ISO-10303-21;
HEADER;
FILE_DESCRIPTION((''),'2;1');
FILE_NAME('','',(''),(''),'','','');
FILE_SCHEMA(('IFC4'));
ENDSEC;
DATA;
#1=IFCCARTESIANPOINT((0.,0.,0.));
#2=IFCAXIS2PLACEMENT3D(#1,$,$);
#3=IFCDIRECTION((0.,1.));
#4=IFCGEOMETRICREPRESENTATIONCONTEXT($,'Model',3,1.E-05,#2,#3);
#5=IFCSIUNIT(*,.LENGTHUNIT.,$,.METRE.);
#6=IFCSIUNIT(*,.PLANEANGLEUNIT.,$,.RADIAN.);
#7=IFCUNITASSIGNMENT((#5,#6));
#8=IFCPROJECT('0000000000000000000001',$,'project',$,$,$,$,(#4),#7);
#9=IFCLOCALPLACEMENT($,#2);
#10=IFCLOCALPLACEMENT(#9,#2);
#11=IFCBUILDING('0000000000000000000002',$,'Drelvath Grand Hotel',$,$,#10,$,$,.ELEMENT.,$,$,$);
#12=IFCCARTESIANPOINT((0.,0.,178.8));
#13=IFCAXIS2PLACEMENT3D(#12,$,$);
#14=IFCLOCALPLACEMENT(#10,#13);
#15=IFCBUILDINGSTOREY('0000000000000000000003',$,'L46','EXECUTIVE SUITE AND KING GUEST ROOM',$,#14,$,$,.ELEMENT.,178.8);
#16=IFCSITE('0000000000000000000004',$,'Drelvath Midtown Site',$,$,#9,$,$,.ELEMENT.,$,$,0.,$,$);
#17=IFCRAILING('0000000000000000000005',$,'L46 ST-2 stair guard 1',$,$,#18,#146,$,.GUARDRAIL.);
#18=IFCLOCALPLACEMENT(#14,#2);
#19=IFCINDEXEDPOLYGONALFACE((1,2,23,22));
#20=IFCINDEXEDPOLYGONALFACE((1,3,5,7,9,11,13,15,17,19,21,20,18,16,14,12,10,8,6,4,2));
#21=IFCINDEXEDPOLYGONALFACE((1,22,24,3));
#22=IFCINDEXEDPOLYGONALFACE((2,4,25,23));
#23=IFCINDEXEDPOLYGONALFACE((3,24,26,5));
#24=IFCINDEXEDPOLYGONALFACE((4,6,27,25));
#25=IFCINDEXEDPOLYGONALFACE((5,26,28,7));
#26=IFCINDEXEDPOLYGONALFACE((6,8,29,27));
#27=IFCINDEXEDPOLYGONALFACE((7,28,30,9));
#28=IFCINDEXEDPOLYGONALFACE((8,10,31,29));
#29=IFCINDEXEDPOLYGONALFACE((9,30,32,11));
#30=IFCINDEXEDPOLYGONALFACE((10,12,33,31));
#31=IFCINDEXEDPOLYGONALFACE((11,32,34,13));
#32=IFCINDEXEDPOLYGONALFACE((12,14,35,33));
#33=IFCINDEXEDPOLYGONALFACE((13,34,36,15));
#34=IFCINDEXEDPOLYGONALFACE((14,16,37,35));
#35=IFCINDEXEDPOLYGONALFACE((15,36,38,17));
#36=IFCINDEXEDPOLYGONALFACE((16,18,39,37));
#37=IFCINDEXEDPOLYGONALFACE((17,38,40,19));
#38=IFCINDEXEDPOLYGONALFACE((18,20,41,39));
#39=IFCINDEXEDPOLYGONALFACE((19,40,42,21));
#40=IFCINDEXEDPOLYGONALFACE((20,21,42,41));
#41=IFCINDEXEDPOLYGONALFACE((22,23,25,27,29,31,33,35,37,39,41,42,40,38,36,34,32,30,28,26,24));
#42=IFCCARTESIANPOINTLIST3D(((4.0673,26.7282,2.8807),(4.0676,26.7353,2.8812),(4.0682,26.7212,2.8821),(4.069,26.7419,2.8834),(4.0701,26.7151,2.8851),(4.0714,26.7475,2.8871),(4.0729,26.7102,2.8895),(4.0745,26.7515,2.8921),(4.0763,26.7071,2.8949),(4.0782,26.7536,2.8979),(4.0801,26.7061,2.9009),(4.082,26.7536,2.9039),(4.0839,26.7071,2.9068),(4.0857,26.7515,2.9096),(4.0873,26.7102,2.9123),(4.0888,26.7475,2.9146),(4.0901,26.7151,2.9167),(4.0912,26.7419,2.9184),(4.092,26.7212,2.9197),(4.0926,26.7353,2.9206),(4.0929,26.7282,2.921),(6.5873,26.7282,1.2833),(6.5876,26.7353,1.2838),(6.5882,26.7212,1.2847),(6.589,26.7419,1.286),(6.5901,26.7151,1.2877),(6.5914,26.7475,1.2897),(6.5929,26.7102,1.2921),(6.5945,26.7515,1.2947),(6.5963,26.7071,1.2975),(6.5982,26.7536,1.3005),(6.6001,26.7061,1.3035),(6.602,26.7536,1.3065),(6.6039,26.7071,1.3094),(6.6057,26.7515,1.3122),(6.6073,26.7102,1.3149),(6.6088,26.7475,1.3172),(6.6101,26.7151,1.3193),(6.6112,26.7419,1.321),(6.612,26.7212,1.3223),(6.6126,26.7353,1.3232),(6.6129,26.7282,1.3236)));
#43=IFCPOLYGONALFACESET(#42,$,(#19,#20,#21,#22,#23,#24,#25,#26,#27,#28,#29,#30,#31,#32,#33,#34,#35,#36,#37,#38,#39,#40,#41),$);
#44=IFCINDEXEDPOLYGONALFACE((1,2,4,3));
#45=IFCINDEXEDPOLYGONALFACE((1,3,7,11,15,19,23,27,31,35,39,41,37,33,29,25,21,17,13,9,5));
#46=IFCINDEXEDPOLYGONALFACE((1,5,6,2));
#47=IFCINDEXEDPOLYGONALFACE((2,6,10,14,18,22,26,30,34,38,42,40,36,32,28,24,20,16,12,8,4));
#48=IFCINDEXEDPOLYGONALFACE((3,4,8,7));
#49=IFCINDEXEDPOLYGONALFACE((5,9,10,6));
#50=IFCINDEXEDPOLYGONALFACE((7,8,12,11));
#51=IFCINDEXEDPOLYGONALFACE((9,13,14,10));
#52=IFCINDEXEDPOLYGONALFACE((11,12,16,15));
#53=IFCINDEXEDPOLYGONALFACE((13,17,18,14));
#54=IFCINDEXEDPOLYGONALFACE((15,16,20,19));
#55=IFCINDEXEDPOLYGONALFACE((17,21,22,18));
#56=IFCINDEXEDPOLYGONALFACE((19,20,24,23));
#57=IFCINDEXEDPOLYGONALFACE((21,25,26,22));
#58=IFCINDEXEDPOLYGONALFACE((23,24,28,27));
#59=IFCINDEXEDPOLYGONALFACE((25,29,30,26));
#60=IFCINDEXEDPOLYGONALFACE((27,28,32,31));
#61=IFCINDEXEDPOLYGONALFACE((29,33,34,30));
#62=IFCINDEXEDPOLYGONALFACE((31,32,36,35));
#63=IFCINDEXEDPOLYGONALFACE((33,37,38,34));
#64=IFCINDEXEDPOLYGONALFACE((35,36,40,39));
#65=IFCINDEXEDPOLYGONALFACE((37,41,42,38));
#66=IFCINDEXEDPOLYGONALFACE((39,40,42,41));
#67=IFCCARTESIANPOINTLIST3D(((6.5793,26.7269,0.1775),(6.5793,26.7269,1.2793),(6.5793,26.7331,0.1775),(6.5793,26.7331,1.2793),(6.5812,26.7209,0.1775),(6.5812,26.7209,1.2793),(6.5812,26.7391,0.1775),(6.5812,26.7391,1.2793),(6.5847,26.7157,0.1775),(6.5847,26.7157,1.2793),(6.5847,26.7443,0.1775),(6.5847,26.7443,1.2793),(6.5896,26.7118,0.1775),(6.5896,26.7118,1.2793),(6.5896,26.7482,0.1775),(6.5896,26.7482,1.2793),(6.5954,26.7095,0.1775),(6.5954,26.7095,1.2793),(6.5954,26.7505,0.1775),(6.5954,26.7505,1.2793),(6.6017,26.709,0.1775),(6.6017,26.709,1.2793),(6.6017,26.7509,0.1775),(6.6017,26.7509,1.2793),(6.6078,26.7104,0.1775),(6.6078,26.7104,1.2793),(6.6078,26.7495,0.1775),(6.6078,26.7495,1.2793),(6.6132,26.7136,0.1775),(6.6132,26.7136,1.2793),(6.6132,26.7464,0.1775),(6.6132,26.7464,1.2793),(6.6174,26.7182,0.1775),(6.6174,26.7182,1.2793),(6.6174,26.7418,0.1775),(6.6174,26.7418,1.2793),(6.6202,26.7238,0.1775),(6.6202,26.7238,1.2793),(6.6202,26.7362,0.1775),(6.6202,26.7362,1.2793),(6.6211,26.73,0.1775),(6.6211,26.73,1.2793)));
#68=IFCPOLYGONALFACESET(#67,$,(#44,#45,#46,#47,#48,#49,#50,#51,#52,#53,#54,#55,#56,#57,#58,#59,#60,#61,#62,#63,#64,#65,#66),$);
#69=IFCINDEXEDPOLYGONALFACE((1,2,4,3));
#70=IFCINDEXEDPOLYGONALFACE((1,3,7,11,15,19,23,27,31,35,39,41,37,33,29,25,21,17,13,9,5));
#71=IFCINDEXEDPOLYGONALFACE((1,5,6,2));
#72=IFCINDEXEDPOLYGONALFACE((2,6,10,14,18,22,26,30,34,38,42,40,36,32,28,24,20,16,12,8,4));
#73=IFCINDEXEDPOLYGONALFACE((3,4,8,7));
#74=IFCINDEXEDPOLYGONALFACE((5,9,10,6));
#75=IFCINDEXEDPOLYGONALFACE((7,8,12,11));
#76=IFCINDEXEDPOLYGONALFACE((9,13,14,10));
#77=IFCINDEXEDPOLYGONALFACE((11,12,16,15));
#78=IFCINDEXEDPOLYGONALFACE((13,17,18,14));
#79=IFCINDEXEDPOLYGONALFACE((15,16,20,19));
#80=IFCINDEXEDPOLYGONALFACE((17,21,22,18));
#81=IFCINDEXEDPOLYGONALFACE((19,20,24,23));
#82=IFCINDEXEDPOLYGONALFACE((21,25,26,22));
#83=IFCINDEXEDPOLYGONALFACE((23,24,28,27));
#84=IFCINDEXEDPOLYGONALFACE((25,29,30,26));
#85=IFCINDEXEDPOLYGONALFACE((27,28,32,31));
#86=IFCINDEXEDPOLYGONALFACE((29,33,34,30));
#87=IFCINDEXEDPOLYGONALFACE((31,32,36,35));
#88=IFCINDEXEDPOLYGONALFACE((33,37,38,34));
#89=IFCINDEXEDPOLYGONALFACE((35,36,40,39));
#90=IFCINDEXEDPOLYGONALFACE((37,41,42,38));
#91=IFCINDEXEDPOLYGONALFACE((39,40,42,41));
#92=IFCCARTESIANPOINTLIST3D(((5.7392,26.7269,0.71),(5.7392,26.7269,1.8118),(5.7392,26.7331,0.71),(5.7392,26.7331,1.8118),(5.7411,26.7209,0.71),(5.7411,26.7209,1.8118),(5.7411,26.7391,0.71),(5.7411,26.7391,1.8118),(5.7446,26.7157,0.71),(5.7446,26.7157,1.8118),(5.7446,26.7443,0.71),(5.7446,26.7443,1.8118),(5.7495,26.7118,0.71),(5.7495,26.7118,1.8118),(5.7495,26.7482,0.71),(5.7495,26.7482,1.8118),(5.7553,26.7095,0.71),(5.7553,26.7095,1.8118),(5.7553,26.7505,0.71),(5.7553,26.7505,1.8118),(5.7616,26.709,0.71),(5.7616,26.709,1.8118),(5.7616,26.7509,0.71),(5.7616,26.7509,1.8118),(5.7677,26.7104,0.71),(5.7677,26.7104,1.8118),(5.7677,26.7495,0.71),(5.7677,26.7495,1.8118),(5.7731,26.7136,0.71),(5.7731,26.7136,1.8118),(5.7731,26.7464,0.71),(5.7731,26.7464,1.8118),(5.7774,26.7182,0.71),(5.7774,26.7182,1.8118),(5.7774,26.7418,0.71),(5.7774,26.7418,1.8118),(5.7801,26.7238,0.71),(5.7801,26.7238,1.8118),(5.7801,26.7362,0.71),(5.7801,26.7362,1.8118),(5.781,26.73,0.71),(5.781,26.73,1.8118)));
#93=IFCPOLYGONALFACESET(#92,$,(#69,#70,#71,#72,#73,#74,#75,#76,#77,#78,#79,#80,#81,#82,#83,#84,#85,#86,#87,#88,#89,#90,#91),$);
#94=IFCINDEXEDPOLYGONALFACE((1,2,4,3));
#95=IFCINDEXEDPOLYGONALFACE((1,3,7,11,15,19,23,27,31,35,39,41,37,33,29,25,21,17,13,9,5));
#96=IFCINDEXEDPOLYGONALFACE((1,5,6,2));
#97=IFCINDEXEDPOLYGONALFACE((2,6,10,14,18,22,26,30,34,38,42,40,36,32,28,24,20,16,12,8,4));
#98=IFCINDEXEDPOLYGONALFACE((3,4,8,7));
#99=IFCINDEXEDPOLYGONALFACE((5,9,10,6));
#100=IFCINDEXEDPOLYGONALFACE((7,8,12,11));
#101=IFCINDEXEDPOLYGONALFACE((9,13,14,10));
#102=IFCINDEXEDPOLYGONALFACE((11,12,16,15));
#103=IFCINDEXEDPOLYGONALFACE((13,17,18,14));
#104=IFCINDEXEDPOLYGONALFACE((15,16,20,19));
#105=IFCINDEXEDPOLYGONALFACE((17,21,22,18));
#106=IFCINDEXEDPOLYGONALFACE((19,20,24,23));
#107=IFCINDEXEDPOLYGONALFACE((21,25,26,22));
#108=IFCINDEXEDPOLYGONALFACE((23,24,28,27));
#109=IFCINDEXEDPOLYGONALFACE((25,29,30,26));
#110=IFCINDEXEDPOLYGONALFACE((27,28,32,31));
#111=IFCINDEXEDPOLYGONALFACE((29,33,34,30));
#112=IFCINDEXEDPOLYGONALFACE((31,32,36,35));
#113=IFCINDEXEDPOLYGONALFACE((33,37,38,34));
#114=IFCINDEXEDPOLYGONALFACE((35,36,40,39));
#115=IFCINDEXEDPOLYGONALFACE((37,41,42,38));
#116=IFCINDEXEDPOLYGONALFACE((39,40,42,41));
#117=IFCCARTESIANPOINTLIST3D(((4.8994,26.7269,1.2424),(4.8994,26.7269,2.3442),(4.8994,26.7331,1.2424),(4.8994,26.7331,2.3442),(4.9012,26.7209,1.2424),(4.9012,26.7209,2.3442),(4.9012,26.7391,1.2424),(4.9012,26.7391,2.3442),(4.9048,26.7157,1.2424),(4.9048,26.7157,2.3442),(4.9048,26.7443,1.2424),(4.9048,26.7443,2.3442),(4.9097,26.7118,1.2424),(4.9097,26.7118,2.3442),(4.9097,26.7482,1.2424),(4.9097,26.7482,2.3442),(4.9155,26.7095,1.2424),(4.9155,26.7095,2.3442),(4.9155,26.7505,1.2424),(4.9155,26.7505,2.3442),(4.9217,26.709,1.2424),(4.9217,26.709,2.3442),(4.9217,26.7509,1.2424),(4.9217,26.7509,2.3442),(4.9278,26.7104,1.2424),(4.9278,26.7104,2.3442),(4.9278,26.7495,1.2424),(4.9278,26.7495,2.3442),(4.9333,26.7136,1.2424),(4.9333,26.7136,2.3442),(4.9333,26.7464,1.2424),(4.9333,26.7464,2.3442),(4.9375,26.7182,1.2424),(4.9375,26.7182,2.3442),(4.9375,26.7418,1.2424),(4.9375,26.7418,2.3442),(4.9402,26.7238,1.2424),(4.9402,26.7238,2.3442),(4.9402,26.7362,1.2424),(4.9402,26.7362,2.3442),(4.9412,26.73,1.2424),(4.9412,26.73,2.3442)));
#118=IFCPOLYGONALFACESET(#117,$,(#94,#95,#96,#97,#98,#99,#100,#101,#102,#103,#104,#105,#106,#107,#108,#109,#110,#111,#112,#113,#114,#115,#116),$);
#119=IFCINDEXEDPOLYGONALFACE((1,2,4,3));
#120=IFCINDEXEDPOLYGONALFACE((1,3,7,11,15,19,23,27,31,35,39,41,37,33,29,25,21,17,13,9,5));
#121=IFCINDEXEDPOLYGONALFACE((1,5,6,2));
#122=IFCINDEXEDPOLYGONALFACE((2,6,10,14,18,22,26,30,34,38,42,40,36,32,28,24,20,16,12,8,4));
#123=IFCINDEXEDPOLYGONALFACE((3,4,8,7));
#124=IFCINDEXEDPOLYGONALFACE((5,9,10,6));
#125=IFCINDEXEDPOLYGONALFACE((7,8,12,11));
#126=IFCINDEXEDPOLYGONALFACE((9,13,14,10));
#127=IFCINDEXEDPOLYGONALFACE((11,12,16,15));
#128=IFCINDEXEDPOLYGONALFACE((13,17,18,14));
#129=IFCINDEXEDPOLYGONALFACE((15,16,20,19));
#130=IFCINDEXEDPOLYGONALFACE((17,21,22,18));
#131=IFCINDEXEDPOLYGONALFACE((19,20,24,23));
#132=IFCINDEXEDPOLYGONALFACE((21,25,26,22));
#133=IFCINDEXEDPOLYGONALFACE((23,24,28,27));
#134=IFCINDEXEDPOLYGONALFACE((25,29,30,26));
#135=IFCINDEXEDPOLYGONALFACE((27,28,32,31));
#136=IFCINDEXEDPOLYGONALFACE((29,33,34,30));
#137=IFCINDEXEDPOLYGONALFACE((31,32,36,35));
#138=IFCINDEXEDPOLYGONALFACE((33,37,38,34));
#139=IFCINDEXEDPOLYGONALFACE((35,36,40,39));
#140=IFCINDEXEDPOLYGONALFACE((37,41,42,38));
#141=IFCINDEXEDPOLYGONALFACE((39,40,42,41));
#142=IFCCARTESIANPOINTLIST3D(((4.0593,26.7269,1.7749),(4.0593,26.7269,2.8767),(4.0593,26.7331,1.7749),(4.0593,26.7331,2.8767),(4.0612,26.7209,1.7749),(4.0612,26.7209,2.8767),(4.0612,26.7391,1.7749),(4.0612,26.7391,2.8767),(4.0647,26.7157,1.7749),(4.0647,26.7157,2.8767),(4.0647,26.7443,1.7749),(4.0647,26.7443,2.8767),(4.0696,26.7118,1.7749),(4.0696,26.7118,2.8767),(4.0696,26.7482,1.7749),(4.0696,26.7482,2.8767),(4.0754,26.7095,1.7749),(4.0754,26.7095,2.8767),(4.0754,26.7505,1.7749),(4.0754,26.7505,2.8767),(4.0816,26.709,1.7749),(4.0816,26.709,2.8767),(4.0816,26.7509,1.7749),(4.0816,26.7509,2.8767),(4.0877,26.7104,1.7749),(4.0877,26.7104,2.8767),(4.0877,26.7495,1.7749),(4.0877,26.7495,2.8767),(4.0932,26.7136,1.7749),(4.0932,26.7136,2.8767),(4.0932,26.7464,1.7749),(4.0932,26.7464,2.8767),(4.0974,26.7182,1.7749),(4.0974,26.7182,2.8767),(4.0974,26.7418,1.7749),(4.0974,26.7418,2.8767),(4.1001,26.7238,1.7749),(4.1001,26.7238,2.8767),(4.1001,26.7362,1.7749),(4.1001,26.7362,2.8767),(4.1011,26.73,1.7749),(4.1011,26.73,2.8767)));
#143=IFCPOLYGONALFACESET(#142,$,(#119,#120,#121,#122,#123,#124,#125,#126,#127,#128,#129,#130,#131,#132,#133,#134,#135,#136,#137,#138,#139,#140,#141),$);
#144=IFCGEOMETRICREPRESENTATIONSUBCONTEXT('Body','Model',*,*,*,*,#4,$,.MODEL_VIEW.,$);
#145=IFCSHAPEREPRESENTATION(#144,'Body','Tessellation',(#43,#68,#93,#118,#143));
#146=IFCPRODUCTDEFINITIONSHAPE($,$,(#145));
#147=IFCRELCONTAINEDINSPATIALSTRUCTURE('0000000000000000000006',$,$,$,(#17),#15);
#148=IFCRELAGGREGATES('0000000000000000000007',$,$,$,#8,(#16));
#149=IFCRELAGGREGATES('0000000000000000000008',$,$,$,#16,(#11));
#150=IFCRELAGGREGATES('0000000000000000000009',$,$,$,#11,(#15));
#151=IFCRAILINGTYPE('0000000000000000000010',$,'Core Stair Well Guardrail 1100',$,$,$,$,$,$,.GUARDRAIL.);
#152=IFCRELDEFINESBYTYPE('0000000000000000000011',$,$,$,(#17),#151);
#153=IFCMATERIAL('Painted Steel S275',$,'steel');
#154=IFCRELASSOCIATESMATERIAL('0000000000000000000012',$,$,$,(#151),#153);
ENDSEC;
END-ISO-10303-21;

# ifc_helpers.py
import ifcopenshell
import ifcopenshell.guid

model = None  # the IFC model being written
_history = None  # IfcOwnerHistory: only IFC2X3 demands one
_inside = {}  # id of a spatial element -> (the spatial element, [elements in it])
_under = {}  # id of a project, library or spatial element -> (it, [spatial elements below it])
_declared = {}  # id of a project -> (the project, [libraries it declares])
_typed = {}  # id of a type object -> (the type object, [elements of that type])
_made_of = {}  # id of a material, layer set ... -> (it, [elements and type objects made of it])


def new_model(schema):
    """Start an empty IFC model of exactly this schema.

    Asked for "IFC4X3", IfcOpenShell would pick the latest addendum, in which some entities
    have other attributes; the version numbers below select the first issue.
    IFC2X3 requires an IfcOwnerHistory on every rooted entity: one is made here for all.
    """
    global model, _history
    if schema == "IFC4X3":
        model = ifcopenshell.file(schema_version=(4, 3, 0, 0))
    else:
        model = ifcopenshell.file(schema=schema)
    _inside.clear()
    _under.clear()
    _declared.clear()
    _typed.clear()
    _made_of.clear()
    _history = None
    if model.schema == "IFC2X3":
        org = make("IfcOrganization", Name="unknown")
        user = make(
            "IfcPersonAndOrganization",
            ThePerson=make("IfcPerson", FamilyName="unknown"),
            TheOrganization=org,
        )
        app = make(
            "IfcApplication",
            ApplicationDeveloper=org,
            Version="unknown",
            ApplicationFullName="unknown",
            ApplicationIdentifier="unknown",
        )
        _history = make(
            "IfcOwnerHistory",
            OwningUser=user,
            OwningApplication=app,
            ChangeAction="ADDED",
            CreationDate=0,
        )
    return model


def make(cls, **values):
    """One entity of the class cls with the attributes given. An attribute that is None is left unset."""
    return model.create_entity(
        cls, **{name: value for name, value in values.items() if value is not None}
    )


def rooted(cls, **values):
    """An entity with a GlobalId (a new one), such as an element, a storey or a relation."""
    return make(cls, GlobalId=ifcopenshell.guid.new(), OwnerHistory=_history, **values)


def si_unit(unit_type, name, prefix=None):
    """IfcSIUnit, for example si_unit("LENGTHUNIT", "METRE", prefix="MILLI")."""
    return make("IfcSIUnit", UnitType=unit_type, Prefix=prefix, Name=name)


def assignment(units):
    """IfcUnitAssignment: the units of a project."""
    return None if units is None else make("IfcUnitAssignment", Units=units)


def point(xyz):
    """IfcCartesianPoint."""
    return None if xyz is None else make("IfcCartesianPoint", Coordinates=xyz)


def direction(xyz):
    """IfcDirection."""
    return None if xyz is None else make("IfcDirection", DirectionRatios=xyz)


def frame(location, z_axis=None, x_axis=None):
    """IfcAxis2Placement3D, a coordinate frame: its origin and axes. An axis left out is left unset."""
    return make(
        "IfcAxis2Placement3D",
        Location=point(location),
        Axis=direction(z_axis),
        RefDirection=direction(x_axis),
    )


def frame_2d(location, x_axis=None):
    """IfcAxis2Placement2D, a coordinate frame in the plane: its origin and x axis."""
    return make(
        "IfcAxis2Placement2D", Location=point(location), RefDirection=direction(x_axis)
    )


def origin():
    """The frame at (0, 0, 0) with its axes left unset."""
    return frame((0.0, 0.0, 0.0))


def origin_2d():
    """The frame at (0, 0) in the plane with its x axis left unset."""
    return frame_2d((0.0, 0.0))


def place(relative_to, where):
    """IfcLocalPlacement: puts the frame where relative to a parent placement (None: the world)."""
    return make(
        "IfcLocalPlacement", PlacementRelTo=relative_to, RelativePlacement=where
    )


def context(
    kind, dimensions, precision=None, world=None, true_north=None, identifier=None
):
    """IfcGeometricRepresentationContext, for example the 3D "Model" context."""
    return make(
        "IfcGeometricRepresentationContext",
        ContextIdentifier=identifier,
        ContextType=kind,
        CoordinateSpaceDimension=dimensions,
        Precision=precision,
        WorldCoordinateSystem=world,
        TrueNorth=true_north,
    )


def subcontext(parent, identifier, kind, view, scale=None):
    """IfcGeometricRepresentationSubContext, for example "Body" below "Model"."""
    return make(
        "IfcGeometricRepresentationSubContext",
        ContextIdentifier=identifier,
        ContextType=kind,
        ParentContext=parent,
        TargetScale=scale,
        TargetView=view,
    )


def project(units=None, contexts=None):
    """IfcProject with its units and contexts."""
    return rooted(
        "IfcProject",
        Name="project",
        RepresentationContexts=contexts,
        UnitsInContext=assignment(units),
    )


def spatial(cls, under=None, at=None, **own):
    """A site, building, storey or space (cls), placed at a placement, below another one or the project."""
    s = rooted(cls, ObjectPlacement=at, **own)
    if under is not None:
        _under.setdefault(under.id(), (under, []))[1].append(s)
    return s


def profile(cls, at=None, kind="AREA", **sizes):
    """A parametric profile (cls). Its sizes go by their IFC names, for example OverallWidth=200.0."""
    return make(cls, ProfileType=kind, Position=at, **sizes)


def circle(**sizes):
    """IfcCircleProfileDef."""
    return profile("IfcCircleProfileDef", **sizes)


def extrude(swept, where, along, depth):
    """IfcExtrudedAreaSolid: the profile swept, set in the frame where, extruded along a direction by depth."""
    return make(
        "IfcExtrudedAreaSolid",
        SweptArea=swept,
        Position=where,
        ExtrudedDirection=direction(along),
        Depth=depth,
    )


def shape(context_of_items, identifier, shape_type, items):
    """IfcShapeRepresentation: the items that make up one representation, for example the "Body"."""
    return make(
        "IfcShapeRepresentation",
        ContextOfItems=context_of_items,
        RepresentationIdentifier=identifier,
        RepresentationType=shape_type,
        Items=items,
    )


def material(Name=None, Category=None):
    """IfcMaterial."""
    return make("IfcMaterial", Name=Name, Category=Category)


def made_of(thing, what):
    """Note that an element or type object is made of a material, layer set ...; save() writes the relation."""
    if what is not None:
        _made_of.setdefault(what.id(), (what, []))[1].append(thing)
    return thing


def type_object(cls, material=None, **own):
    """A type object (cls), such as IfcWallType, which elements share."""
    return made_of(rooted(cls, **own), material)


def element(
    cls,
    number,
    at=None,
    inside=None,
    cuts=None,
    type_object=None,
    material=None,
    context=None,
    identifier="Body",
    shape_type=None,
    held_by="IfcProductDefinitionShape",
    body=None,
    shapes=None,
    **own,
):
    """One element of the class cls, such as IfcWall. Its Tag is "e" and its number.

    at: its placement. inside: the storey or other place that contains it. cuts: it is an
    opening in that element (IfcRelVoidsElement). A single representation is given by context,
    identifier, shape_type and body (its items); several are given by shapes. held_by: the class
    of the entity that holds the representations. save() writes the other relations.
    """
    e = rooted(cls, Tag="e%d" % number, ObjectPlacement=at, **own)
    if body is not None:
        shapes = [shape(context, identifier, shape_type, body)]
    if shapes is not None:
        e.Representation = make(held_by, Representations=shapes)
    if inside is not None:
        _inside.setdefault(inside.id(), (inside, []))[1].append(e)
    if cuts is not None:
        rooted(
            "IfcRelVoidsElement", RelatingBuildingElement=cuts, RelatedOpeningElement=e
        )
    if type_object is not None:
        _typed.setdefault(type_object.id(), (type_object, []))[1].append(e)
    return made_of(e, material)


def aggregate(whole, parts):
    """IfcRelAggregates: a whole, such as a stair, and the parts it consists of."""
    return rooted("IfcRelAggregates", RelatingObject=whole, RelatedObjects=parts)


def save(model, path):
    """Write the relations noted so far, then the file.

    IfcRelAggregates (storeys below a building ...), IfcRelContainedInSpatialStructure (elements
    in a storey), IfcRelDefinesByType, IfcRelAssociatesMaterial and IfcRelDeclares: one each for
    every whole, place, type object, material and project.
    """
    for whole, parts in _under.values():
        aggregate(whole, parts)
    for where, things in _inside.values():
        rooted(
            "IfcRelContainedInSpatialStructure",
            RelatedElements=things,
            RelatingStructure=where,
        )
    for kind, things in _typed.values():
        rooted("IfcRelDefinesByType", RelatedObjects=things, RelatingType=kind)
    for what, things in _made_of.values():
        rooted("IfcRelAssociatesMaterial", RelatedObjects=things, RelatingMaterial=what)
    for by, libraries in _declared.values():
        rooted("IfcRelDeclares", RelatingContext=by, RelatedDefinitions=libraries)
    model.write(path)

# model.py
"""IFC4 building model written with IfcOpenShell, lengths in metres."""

from ifc_helpers import new_model, si_unit, direction, frame, origin, origin_2d, place, context, subcontext, project, spatial, circle, extrude, material, type_object, element, save


model = new_model("IFC4")

# Units and contexts
model_context = context("Model", 3, precision=1e-05, world=origin(), true_north=direction((0.0, 1.0)))
body_context = subcontext(model_context, "Body", "Model", "MODEL_VIEW")
ifc_project = project(units=[si_unit("LENGTHUNIT", "METRE"), si_unit("PLANEANGLEUNIT", "RADIAN")], contexts=[model_context])

# Site, building, storey
site_placement = place(None, origin())
site = spatial("IfcSite", under=ifc_project, at=site_placement, Name="Drelvath Midtown Site", CompositionType="ELEMENT", RefElevation=0.0)
building_placement = place(site_placement, origin())
building = spatial("IfcBuilding", under=site, at=building_placement, Name="Drelvath Grand Hotel", CompositionType="ELEMENT")
storey_placement = place(building_placement, frame((0.0, 0.0, 178.8)))
storey = spatial("IfcBuildingStorey", under=building, at=storey_placement, Name="L46", Description="EXECUTIVE SUITE AND KING GUEST ROOM", CompositionType="ELEMENT", Elevation=178.8)

# Shared definitions
ifc_material_1 = material(Name="Painted Steel S275", Category="steel")

# Railing
railing_type_1 = type_object("IfcRailingType", Name="Core Stair Well Guardrail 1100", PredefinedType="GUARDRAIL", material=ifc_material_1)
railing_1_placement = place(storey_placement, frame((6.6001, 26.73, 0.1775)))
element("IfcRailing", 1, at=railing_1_placement, inside=storey, type_object=railing_type_1, Name="L46 ST-2 stair guard 1", PredefinedType="GUARDRAIL", context=body_context, shape_type="SweptSolid", body=[
    extrude(circle(Radius=0.0239, at=origin_2d()), frame((0.0, 0.0, 1.126), z_axis=(-0.844607, 0.0, 0.535387), x_axis=(0.0, -1.0, 0.0)), (0.0, 0.0, 1.0), 2.9836),
    extrude(circle(Radius=0.021, at=origin_2d()), origin(), (0.0, 0.0, 1.0), 1.1018),
    extrude(circle(Radius=0.021, at=origin_2d()), frame((-0.8401, 0.0, 0.5325)), (0.0, 0.0, 1.0), 1.1018),
    extrude(circle(Radius=0.021, at=origin_2d()), frame((-1.6799, 0.0, 1.0649)), (0.0, 0.0, 1.0), 1.1018),
    extrude(circle(Radius=0.021, at=origin_2d()), frame((-2.52, 0.0, 1.5974)), (0.0, 0.0, 1.0), 1.1018),
])

save(model, "model.ifc")
